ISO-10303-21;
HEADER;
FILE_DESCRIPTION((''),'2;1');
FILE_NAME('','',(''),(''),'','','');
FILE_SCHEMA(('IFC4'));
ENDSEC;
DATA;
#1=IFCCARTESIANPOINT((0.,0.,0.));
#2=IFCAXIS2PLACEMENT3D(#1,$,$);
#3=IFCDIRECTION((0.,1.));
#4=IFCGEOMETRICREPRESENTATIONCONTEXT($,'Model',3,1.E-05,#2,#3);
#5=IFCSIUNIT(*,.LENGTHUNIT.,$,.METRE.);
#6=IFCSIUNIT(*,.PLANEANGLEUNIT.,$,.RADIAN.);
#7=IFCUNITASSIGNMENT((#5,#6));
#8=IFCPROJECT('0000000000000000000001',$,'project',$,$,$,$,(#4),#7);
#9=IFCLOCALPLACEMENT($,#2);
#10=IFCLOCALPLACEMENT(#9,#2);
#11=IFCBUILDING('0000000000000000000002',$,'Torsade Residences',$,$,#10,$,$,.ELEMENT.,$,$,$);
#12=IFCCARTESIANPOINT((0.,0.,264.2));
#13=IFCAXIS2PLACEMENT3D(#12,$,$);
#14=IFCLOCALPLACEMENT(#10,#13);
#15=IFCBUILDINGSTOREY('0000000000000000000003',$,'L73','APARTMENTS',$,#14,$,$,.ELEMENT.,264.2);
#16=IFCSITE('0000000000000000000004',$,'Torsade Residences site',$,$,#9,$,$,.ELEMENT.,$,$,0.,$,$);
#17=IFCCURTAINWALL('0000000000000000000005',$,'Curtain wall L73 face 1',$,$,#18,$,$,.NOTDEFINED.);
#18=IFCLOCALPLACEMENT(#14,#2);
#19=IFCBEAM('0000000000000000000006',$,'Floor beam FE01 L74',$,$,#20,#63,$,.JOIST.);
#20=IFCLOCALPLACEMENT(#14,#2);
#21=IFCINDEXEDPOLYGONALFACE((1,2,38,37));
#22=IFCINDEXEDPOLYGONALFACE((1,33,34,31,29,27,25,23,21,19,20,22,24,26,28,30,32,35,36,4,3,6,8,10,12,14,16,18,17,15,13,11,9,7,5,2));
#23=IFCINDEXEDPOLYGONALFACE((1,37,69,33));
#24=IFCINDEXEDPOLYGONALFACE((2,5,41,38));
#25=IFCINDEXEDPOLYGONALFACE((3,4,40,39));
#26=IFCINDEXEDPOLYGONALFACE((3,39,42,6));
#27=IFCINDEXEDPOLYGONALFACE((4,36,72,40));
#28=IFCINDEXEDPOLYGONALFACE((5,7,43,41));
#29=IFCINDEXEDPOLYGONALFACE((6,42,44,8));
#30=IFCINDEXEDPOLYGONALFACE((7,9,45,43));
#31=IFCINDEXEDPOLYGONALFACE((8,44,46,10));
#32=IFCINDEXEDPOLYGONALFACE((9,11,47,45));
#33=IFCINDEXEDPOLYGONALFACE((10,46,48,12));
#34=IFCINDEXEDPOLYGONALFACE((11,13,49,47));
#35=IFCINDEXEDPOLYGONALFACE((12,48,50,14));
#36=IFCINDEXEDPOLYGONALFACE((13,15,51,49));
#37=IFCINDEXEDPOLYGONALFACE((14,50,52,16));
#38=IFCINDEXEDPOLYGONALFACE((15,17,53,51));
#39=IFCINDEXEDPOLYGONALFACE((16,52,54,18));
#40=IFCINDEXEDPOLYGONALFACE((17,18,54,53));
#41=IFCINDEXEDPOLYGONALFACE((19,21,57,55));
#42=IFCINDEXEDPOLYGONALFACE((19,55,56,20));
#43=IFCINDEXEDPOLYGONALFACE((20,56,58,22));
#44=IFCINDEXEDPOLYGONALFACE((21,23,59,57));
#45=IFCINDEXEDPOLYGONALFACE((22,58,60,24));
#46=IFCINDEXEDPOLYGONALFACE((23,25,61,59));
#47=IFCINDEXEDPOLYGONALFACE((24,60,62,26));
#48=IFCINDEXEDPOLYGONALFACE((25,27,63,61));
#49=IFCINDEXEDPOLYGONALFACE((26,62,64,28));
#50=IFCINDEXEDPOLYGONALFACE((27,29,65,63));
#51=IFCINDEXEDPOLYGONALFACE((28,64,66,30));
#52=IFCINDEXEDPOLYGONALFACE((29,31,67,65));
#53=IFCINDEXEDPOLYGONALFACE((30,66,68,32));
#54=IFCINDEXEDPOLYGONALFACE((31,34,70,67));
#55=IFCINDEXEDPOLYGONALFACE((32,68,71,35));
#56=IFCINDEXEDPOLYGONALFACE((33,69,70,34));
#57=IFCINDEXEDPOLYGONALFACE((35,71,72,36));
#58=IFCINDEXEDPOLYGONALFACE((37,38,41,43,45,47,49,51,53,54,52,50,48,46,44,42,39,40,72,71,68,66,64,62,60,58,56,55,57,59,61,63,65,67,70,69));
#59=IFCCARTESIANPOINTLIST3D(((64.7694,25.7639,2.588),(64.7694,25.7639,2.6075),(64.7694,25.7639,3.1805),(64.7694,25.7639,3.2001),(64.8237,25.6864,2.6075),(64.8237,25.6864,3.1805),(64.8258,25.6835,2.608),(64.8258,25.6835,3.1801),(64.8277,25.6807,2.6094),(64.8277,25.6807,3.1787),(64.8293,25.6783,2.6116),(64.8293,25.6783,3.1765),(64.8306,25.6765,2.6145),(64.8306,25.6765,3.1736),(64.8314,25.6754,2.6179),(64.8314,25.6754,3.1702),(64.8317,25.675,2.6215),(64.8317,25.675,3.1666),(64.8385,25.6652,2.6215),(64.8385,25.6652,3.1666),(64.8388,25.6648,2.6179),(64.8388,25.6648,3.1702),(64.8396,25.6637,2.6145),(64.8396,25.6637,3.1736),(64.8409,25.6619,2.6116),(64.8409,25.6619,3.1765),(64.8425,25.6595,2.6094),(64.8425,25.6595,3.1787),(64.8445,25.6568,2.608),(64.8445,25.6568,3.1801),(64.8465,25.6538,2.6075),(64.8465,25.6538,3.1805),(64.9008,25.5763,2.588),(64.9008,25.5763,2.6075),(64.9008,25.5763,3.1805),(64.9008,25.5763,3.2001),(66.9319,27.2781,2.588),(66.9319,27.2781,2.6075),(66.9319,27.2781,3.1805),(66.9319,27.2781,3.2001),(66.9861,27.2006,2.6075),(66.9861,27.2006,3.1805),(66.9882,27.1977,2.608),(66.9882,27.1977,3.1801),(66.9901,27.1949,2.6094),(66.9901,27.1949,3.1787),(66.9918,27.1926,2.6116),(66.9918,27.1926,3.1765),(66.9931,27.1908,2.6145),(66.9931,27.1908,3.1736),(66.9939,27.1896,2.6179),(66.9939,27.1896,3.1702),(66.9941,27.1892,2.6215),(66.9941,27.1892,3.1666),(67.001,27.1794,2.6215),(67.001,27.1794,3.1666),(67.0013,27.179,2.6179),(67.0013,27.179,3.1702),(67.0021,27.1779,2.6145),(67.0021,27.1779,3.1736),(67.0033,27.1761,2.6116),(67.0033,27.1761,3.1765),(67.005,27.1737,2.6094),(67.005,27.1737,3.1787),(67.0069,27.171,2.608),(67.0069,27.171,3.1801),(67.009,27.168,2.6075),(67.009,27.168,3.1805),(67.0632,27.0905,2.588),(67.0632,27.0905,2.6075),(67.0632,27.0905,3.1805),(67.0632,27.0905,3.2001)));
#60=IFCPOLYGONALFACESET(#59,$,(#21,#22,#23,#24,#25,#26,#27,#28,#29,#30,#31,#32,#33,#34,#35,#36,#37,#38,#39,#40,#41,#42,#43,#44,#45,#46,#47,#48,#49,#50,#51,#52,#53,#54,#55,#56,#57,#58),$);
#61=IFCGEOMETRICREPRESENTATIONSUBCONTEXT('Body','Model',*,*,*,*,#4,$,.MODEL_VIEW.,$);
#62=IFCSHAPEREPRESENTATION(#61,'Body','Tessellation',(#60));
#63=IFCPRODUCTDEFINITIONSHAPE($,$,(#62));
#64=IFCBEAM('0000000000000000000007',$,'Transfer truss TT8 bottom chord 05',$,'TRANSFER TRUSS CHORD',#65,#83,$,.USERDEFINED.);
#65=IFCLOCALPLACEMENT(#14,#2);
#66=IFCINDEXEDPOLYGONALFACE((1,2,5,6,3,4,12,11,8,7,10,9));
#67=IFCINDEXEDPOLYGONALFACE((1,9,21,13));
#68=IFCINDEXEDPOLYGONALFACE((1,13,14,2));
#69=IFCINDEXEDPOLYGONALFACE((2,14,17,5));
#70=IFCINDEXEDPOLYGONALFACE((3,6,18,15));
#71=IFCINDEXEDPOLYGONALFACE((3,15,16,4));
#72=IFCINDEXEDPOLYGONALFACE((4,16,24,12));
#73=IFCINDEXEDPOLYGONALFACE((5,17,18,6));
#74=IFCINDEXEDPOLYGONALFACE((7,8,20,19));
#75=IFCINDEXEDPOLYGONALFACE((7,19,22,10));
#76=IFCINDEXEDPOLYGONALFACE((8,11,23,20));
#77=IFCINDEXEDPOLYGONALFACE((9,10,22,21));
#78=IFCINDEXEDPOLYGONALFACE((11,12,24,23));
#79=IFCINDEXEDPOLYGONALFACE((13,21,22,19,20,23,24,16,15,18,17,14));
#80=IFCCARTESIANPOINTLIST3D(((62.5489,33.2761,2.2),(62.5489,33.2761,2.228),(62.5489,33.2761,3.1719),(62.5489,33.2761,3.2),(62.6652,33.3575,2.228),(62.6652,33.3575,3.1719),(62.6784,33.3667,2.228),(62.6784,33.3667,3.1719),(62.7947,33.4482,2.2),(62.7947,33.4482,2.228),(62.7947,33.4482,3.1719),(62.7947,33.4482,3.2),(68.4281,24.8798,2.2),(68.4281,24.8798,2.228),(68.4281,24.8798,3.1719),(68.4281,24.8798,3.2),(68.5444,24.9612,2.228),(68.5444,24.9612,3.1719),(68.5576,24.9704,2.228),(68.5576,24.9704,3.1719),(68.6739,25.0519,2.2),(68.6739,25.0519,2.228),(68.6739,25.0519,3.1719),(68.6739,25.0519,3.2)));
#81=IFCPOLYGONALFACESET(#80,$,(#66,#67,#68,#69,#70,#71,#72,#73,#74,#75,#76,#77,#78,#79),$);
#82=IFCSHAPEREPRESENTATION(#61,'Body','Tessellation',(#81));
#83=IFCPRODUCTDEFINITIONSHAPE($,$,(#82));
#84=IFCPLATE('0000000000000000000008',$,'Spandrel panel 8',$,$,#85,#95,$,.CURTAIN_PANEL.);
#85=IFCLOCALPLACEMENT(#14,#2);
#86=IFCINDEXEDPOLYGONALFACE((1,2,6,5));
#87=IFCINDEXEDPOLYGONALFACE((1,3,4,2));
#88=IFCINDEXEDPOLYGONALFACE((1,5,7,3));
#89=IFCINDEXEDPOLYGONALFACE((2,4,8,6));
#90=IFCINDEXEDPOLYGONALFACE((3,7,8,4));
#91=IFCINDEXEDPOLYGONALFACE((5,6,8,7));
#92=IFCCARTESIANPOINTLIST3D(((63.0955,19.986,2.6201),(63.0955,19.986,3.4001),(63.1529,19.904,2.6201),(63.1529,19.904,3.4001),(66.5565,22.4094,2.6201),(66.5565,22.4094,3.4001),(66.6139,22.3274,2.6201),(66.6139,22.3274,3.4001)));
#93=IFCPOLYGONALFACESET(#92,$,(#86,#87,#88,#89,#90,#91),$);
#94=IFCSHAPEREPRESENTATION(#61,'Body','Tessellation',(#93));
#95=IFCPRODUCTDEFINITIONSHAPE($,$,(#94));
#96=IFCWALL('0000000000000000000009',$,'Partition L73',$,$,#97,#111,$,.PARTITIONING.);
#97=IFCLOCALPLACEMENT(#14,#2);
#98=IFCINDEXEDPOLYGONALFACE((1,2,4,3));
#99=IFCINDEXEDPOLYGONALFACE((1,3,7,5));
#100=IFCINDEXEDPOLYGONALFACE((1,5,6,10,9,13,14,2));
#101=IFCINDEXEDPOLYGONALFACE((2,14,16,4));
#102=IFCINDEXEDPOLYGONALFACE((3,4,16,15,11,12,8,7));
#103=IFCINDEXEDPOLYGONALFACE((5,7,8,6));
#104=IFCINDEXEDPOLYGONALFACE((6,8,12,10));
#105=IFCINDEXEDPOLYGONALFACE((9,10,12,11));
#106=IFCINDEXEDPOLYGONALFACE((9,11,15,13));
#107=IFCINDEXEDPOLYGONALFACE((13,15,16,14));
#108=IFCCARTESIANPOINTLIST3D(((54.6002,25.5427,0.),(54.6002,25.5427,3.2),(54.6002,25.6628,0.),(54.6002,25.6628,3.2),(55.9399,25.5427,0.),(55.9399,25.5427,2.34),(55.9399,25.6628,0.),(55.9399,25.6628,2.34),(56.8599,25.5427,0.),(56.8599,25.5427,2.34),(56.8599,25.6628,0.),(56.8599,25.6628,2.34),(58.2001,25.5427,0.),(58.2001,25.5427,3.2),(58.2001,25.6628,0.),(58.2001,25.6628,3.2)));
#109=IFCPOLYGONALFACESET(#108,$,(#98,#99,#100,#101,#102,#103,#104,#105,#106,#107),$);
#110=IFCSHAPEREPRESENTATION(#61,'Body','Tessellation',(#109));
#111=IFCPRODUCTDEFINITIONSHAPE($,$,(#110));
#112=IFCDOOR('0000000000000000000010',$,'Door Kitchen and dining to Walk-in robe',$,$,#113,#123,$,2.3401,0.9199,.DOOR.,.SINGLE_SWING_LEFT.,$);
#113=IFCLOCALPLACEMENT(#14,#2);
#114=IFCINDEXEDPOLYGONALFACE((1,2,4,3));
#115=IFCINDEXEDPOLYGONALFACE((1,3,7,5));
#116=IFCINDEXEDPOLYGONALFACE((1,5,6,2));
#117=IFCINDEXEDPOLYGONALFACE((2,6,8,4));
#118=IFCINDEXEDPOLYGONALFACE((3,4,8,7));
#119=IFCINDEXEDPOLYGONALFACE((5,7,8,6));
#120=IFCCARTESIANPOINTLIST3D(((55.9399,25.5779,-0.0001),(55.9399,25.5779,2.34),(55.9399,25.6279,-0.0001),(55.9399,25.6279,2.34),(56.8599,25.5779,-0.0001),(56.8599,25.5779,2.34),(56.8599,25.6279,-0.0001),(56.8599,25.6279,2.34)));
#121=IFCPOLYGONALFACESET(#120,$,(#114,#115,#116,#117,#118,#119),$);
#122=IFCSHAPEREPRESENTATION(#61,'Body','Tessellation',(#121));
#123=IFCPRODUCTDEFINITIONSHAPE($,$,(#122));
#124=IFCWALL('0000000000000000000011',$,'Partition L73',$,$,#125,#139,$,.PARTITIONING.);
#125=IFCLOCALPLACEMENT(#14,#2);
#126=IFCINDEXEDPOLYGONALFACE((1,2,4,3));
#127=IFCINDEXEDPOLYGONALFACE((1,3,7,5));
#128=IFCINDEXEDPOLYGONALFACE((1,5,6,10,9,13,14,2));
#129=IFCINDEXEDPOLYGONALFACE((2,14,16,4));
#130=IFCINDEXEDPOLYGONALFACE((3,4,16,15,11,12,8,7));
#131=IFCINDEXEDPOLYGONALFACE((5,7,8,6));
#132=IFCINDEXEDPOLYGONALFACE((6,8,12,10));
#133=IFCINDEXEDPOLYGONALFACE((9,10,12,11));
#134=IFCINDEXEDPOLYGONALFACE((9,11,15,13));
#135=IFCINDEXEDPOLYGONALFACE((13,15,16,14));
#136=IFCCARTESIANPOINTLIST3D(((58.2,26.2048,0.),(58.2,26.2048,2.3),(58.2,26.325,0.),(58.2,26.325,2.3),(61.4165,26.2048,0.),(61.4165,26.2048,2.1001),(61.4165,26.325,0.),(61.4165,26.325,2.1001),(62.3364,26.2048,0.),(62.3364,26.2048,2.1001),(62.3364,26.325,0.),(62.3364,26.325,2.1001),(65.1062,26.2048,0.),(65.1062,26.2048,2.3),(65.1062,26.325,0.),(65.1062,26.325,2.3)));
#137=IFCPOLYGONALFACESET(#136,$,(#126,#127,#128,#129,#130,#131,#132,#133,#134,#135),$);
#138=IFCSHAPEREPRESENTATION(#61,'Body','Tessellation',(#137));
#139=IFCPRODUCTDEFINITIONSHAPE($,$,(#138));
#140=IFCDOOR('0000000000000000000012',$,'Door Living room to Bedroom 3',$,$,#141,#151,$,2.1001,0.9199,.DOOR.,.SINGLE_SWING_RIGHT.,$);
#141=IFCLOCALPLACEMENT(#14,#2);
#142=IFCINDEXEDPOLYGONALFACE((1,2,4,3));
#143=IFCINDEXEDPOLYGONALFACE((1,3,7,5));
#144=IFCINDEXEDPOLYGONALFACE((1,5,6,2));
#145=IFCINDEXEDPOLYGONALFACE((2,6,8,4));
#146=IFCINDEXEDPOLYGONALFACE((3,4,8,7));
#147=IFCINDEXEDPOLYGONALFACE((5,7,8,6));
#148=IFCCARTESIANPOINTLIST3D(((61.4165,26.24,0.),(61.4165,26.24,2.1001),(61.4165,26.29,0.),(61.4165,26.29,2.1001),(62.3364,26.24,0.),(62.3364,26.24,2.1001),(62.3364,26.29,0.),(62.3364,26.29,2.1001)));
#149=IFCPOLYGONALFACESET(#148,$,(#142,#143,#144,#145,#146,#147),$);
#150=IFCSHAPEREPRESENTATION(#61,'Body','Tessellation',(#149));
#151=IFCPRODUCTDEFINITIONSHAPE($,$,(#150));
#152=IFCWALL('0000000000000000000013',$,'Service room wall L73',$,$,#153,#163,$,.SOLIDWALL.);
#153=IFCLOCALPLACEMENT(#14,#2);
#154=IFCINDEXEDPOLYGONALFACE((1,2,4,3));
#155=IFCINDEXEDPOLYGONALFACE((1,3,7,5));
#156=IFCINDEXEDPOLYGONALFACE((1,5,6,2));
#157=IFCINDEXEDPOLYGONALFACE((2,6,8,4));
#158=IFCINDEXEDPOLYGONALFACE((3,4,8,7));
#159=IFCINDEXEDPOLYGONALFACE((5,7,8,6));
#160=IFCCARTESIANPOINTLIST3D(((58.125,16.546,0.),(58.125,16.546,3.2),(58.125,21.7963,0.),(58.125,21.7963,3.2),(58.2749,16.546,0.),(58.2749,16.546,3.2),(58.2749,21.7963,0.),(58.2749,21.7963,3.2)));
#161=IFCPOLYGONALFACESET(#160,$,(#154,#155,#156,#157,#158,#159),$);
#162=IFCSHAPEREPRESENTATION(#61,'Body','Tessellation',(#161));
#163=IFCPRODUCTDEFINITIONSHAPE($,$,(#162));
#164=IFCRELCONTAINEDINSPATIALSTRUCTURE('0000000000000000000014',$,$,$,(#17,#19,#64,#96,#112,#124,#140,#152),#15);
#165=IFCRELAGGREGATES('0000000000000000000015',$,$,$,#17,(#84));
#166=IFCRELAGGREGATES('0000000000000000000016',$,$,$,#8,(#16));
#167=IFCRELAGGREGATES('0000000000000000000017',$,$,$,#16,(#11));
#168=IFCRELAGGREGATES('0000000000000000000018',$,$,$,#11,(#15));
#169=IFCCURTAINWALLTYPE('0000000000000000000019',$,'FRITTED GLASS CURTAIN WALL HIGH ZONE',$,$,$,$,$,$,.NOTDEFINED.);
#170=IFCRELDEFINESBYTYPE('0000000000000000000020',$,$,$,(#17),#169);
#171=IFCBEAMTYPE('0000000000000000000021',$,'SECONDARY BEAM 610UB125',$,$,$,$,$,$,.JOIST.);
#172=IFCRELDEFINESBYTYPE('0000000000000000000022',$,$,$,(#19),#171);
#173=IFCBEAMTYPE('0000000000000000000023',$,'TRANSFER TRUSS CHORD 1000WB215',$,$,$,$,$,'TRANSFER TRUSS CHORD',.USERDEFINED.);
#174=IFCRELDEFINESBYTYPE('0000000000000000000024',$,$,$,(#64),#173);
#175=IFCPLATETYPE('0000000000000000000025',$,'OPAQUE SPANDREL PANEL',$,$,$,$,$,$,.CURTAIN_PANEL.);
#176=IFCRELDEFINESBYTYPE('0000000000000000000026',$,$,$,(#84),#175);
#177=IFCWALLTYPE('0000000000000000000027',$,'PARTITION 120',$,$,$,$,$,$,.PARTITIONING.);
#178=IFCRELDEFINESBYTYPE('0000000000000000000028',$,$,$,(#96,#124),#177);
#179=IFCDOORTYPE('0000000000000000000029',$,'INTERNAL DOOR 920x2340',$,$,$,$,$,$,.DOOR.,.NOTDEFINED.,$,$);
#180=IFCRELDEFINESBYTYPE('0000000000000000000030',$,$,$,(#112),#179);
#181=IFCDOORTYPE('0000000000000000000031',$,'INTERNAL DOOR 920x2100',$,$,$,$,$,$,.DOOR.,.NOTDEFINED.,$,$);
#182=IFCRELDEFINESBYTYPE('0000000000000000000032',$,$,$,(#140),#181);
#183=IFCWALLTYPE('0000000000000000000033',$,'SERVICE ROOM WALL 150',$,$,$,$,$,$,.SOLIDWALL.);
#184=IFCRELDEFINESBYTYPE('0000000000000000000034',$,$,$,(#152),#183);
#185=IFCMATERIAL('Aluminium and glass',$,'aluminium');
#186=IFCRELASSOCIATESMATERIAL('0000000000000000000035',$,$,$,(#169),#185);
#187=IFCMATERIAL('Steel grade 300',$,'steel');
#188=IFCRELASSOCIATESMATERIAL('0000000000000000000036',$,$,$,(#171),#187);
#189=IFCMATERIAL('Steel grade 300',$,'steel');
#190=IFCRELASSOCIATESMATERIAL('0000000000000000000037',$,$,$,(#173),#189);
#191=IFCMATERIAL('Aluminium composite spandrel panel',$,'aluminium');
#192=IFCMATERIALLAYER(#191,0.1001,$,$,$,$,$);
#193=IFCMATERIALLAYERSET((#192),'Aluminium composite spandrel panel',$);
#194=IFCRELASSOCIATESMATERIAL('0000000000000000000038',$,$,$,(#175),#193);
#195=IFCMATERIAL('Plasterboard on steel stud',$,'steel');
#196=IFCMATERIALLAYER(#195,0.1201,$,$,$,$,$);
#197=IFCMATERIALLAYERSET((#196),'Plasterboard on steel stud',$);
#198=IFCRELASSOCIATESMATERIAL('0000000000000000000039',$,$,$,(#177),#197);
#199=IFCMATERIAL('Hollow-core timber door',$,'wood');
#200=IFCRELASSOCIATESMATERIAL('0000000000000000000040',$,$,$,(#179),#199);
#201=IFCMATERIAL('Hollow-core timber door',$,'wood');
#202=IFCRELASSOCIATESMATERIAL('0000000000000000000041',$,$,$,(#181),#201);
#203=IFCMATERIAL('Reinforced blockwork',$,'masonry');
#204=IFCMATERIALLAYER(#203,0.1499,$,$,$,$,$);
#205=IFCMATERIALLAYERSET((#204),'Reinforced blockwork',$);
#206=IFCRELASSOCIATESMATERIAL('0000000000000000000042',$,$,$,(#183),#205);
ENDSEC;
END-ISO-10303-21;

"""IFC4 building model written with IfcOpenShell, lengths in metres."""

from ifc_helpers import new_model, si_unit, direction, frame, frame_2d, origin, origin_2d, place, context, subcontext, project, spatial, rectangle, i_section, extrude, material, layer, layer_set, material_profile, profile_set, type_object, element, fill, aggregate, save


model = new_model("IFC4")

# Units and contexts
model_context = context("Model", 3, precision=1e-05, world=origin(), true_north=direction((0.0, 1.0)))
body_context = subcontext(model_context, "Body", "Model", "MODEL_VIEW")
ifc_project = project(units=[si_unit("LENGTHUNIT", "METRE"), si_unit("PLANEANGLEUNIT", "RADIAN")], contexts=[model_context])

# Site, building, storey
site_placement = place(None, origin())
site = spatial("IfcSite", under=ifc_project, at=site_placement, Name="Torsade Residences site", CompositionType="ELEMENT", RefElevation=0.0)
building_placement = place(site_placement, origin())
building = spatial("IfcBuilding", under=site, at=building_placement, Name="Torsade Residences", CompositionType="ELEMENT")
storey_placement = place(building_placement, frame((0.0, 0.0, 264.2)))
storey = spatial("IfcBuildingStorey", under=building, at=storey_placement, Name="L73", Description="APARTMENTS", CompositionType="ELEMENT", Elevation=264.2)

# Curtain wall
ifc_material_1 = material(Name="Aluminium and glass", Category="aluminium")
curtain_wall_type = type_object("IfcCurtainWallType", Name="FRITTED GLASS CURTAIN WALL HIGH ZONE", PredefinedType="NOTDEFINED", material=ifc_material_1)
curtain_wall_placement = place(storey_placement, origin())
curtain_wall = element("IfcCurtainWall", 1, at=curtain_wall_placement, inside=storey, type_object=curtain_wall_type, Name="Curtain wall L73 face 1", PredefinedType="NOTDEFINED")

# Beams
ifc_material_2 = material(Name="Steel grade 300", Category="steel")
ifc_material_profile_1 = material_profile(ifc_material_2, i_section(OverallWidth=0.229, OverallDepth=0.6121, WebThickness=0.012, FlangeThickness=0.0195, FilletRadius=0.0139, at=origin_2d()), Name="610UB125")
ifc_profile_set_1 = profile_set([ifc_material_profile_1], Name="Steel grade 300")
beam_type_1 = type_object("IfcBeamType", Name="SECONDARY BEAM 610UB125", PredefinedType="JOIST", material=ifc_profile_set_1)
beam_1_placement = place(storey_placement, frame((66.9976, 27.1843, 2.894), z_axis=(-0.819141, -0.573593, 0.0), x_axis=(0.573593, -0.819141, 0.0)))
element("IfcBeam", 2, at=beam_1_placement, inside=storey, type_object=beam_type_1, Name="Floor beam FE01 L74", PredefinedType="JOIST", context=body_context, shape_type="SweptSolid", body=[
    extrude(i_section(OverallWidth=0.229, OverallDepth=0.6121, WebThickness=0.012, FlangeThickness=0.0195, FilletRadius=0.0139, at=origin_2d()), origin(), (0.0, 0.0, 1.0), 2.6399),
])
ifc_material_3 = material(Name="Steel grade 300", Category="steel")
ifc_material_profile_2 = material_profile(ifc_material_3, i_section(OverallWidth=0.3, OverallDepth=1.0, WebThickness=0.0161, FlangeThickness=0.0281, at=origin_2d()), Name="1000WB215")
ifc_profile_set_2 = profile_set([ifc_material_profile_2], Name="Steel grade 300")
beam_type_2 = type_object("IfcBeamType", Name="TRANSFER TRUSS CHORD 1000WB215", ElementType="TRANSFER TRUSS CHORD", PredefinedType="USERDEFINED", material=ifc_profile_set_2)
beam_2_placement = place(storey_placement, frame((68.551, 24.9658, 2.7), z_axis=(-0.573579, 0.81915, 0.0), x_axis=(-0.81915, -0.573579, 0.0)))
element("IfcBeam", 3, at=beam_2_placement, inside=storey, type_object=beam_type_2, Name="Transfer truss TT8 bottom chord 05", ObjectType="TRANSFER TRUSS CHORD", PredefinedType="USERDEFINED", context=body_context, shape_type="SweptSolid", body=[
    extrude(i_section(OverallWidth=0.3, OverallDepth=1.0, WebThickness=0.0161, FlangeThickness=0.0281, at=origin_2d()), origin(), (0.0, 0.0, 1.0), 10.25),
])

# Plate
ifc_material_4 = material(Name="Aluminium composite spandrel panel", Category="aluminium")
ifc_layer_1 = layer(ifc_material_4, 0.1001)
ifc_layer_set_1 = layer_set([ifc_layer_1], Name="Aluminium composite spandrel panel")
plate_type = type_object("IfcPlateType", Name="OPAQUE SPANDREL PANEL", PredefinedType="CURTAIN_PANEL", material=ifc_layer_set_1)
plate_placement = place(storey_placement, frame((64.8547, 21.1567, 2.6201), z_axis=(0.0, 0.0, 1.0), x_axis=(0.819152, 0.573576, 0.0)))
plate = element("IfcPlate", 4, at=plate_placement, type_object=plate_type, Name="Spandrel panel 8", PredefinedType="CURTAIN_PANEL", context=body_context, shape_type="SweptSolid", body=[
    extrude(rectangle(XDim=4.2251, YDim=0.1001, at=origin_2d()), origin(), (0.0, 0.0, 1.0), 0.78),
])
aggregate(curtain_wall, [plate])

# Walls, openings, doors
ifc_material_5 = material(Name="Plasterboard on steel stud", Category="steel")
ifc_layer_2 = layer(ifc_material_5, 0.1201)
ifc_layer_set_2 = layer_set([ifc_layer_2], Name="Plasterboard on steel stud")
wall_type_1 = type_object("IfcWallType", Name="PARTITION 120", PredefinedType="PARTITIONING", material=ifc_layer_set_2)
wall_1_placement = place(storey_placement, frame((58.2, 25.6028, 0.0), z_axis=(0.0, 0.0, 1.0), x_axis=(-1.0, 0.0, 0.0)))
wall_1 = element("IfcWall", 5, at=wall_1_placement, inside=storey, type_object=wall_type_1, Name="Partition L73", PredefinedType="PARTITIONING", context=body_context, shape_type="SweptSolid", body=[
    extrude(rectangle(XDim=3.5999, YDim=0.1201, at=frame_2d((1.7998, 0.0))), origin(), (0.0, 0.0, 1.0), 3.2),
])
opening_1_placement = place(wall_1_placement, frame((1.3401, 0.0, 0.0)))
opening_1 = element("IfcOpeningElement", 6, at=opening_1_placement, cuts=wall_1, PredefinedType="OPENING", context=body_context, shape_type="SweptSolid", body=[
    extrude(rectangle(XDim=0.9199, YDim=2.3401, at=frame_2d((0.46, 1.1699))), frame((0.0, 0.0701, 0.0), z_axis=(0.0, -1.0, 0.0), x_axis=(1.0, 0.0, 0.0)), (0.0, 0.0, 1.0), 0.1401),
])
ifc_material_6 = material(Name="Hollow-core timber door", Category="wood")
door_type_1 = type_object("IfcDoorType", Name="INTERNAL DOOR 920x2340", OperationType="NOTDEFINED", PredefinedType="DOOR", material=ifc_material_6)
door_1_placement = place(opening_1_placement, origin())
door_1 = element("IfcDoor", 7, at=door_1_placement, inside=storey, type_object=door_type_1, Name="Door Kitchen and dining to Walk-in robe", OperationType="SINGLE_SWING_LEFT", OverallHeight=2.3401, OverallWidth=0.9199, PredefinedType="DOOR", context=body_context, shape_type="SweptSolid", body=[
    extrude(rectangle(XDim=0.9199, YDim=2.3401, at=frame_2d((0.46, 1.1699))), frame((0.0, 0.0249, 0.0), z_axis=(0.0, -1.0, 0.0), x_axis=(1.0, 0.0, 0.0)), (0.0, 0.0, 1.0), 0.05),
])
fill(opening_1, door_1)
wall_2_placement = place(storey_placement, frame((65.1062, 26.2649, 0.0), z_axis=(0.0, 0.0, 1.0), x_axis=(-1.0, 0.0, 0.0)))
wall_2 = element("IfcWall", 8, at=wall_2_placement, inside=storey, type_object=wall_type_1, Name="Partition L73", PredefinedType="PARTITIONING", context=body_context, shape_type="SweptSolid", body=[
    extrude(rectangle(XDim=6.9062, YDim=0.1201, at=frame_2d((3.4531, 0.0))), origin(), (0.0, 0.0, 1.0), 2.3),
])
opening_2_placement = place(wall_2_placement, frame((2.7698, 0.0, 0.0)))
opening_2 = element("IfcOpeningElement", 9, at=opening_2_placement, cuts=wall_2, PredefinedType="OPENING", context=body_context, shape_type="SweptSolid", body=[
    extrude(rectangle(XDim=0.9199, YDim=2.1001, at=frame_2d((0.46, 1.05))), frame((0.0, 0.0701, 0.0), z_axis=(0.0, -1.0, 0.0), x_axis=(1.0, 0.0, 0.0)), (0.0, 0.0, 1.0), 0.1401),
])
ifc_material_7 = material(Name="Hollow-core timber door", Category="wood")
door_type_2 = type_object("IfcDoorType", Name="INTERNAL DOOR 920x2100", OperationType="NOTDEFINED", PredefinedType="DOOR", material=ifc_material_7)
door_2_placement = place(opening_2_placement, origin())
door_2 = element("IfcDoor", 10, at=door_2_placement, inside=storey, type_object=door_type_2, Name="Door Living room to Bedroom 3", OperationType="SINGLE_SWING_RIGHT", OverallHeight=2.1001, OverallWidth=0.9199, PredefinedType="DOOR", context=body_context, shape_type="SweptSolid", body=[
    extrude(rectangle(XDim=0.9199, YDim=2.1001, at=frame_2d((0.46, 1.05))), frame((0.0, 0.0249, 0.0), z_axis=(0.0, -1.0, 0.0), x_axis=(1.0, 0.0, 0.0)), (0.0, 0.0, 1.0), 0.05),
])
fill(opening_2, door_2)

# Wall
ifc_material_8 = material(Name="Reinforced blockwork", Category="masonry")
ifc_layer_3 = layer(ifc_material_8, 0.1499)
ifc_layer_set_3 = layer_set([ifc_layer_3], Name="Reinforced blockwork")
wall_type_2 = type_object("IfcWallType", Name="SERVICE ROOM WALL 150", PredefinedType="SOLIDWALL", material=ifc_layer_set_3)
wall_3_placement = place(storey_placement, frame((58.2, 21.7961, 0.0), z_axis=(0.0, 0.0, 1.0), x_axis=(0.0, -1.0, 0.0)))
element("IfcWall", 11, at=wall_3_placement, inside=storey, type_object=wall_type_2, Name="Service room wall L73", PredefinedType="SOLIDWALL", context=body_context, shape_type="SweptSolid", body=[
    extrude(rectangle(XDim=5.2502, YDim=0.1499, at=frame_2d((2.625, 0.0))), origin(), (0.0, 0.0, 1.0), 3.2),
])

save(model, "model.ifc")
